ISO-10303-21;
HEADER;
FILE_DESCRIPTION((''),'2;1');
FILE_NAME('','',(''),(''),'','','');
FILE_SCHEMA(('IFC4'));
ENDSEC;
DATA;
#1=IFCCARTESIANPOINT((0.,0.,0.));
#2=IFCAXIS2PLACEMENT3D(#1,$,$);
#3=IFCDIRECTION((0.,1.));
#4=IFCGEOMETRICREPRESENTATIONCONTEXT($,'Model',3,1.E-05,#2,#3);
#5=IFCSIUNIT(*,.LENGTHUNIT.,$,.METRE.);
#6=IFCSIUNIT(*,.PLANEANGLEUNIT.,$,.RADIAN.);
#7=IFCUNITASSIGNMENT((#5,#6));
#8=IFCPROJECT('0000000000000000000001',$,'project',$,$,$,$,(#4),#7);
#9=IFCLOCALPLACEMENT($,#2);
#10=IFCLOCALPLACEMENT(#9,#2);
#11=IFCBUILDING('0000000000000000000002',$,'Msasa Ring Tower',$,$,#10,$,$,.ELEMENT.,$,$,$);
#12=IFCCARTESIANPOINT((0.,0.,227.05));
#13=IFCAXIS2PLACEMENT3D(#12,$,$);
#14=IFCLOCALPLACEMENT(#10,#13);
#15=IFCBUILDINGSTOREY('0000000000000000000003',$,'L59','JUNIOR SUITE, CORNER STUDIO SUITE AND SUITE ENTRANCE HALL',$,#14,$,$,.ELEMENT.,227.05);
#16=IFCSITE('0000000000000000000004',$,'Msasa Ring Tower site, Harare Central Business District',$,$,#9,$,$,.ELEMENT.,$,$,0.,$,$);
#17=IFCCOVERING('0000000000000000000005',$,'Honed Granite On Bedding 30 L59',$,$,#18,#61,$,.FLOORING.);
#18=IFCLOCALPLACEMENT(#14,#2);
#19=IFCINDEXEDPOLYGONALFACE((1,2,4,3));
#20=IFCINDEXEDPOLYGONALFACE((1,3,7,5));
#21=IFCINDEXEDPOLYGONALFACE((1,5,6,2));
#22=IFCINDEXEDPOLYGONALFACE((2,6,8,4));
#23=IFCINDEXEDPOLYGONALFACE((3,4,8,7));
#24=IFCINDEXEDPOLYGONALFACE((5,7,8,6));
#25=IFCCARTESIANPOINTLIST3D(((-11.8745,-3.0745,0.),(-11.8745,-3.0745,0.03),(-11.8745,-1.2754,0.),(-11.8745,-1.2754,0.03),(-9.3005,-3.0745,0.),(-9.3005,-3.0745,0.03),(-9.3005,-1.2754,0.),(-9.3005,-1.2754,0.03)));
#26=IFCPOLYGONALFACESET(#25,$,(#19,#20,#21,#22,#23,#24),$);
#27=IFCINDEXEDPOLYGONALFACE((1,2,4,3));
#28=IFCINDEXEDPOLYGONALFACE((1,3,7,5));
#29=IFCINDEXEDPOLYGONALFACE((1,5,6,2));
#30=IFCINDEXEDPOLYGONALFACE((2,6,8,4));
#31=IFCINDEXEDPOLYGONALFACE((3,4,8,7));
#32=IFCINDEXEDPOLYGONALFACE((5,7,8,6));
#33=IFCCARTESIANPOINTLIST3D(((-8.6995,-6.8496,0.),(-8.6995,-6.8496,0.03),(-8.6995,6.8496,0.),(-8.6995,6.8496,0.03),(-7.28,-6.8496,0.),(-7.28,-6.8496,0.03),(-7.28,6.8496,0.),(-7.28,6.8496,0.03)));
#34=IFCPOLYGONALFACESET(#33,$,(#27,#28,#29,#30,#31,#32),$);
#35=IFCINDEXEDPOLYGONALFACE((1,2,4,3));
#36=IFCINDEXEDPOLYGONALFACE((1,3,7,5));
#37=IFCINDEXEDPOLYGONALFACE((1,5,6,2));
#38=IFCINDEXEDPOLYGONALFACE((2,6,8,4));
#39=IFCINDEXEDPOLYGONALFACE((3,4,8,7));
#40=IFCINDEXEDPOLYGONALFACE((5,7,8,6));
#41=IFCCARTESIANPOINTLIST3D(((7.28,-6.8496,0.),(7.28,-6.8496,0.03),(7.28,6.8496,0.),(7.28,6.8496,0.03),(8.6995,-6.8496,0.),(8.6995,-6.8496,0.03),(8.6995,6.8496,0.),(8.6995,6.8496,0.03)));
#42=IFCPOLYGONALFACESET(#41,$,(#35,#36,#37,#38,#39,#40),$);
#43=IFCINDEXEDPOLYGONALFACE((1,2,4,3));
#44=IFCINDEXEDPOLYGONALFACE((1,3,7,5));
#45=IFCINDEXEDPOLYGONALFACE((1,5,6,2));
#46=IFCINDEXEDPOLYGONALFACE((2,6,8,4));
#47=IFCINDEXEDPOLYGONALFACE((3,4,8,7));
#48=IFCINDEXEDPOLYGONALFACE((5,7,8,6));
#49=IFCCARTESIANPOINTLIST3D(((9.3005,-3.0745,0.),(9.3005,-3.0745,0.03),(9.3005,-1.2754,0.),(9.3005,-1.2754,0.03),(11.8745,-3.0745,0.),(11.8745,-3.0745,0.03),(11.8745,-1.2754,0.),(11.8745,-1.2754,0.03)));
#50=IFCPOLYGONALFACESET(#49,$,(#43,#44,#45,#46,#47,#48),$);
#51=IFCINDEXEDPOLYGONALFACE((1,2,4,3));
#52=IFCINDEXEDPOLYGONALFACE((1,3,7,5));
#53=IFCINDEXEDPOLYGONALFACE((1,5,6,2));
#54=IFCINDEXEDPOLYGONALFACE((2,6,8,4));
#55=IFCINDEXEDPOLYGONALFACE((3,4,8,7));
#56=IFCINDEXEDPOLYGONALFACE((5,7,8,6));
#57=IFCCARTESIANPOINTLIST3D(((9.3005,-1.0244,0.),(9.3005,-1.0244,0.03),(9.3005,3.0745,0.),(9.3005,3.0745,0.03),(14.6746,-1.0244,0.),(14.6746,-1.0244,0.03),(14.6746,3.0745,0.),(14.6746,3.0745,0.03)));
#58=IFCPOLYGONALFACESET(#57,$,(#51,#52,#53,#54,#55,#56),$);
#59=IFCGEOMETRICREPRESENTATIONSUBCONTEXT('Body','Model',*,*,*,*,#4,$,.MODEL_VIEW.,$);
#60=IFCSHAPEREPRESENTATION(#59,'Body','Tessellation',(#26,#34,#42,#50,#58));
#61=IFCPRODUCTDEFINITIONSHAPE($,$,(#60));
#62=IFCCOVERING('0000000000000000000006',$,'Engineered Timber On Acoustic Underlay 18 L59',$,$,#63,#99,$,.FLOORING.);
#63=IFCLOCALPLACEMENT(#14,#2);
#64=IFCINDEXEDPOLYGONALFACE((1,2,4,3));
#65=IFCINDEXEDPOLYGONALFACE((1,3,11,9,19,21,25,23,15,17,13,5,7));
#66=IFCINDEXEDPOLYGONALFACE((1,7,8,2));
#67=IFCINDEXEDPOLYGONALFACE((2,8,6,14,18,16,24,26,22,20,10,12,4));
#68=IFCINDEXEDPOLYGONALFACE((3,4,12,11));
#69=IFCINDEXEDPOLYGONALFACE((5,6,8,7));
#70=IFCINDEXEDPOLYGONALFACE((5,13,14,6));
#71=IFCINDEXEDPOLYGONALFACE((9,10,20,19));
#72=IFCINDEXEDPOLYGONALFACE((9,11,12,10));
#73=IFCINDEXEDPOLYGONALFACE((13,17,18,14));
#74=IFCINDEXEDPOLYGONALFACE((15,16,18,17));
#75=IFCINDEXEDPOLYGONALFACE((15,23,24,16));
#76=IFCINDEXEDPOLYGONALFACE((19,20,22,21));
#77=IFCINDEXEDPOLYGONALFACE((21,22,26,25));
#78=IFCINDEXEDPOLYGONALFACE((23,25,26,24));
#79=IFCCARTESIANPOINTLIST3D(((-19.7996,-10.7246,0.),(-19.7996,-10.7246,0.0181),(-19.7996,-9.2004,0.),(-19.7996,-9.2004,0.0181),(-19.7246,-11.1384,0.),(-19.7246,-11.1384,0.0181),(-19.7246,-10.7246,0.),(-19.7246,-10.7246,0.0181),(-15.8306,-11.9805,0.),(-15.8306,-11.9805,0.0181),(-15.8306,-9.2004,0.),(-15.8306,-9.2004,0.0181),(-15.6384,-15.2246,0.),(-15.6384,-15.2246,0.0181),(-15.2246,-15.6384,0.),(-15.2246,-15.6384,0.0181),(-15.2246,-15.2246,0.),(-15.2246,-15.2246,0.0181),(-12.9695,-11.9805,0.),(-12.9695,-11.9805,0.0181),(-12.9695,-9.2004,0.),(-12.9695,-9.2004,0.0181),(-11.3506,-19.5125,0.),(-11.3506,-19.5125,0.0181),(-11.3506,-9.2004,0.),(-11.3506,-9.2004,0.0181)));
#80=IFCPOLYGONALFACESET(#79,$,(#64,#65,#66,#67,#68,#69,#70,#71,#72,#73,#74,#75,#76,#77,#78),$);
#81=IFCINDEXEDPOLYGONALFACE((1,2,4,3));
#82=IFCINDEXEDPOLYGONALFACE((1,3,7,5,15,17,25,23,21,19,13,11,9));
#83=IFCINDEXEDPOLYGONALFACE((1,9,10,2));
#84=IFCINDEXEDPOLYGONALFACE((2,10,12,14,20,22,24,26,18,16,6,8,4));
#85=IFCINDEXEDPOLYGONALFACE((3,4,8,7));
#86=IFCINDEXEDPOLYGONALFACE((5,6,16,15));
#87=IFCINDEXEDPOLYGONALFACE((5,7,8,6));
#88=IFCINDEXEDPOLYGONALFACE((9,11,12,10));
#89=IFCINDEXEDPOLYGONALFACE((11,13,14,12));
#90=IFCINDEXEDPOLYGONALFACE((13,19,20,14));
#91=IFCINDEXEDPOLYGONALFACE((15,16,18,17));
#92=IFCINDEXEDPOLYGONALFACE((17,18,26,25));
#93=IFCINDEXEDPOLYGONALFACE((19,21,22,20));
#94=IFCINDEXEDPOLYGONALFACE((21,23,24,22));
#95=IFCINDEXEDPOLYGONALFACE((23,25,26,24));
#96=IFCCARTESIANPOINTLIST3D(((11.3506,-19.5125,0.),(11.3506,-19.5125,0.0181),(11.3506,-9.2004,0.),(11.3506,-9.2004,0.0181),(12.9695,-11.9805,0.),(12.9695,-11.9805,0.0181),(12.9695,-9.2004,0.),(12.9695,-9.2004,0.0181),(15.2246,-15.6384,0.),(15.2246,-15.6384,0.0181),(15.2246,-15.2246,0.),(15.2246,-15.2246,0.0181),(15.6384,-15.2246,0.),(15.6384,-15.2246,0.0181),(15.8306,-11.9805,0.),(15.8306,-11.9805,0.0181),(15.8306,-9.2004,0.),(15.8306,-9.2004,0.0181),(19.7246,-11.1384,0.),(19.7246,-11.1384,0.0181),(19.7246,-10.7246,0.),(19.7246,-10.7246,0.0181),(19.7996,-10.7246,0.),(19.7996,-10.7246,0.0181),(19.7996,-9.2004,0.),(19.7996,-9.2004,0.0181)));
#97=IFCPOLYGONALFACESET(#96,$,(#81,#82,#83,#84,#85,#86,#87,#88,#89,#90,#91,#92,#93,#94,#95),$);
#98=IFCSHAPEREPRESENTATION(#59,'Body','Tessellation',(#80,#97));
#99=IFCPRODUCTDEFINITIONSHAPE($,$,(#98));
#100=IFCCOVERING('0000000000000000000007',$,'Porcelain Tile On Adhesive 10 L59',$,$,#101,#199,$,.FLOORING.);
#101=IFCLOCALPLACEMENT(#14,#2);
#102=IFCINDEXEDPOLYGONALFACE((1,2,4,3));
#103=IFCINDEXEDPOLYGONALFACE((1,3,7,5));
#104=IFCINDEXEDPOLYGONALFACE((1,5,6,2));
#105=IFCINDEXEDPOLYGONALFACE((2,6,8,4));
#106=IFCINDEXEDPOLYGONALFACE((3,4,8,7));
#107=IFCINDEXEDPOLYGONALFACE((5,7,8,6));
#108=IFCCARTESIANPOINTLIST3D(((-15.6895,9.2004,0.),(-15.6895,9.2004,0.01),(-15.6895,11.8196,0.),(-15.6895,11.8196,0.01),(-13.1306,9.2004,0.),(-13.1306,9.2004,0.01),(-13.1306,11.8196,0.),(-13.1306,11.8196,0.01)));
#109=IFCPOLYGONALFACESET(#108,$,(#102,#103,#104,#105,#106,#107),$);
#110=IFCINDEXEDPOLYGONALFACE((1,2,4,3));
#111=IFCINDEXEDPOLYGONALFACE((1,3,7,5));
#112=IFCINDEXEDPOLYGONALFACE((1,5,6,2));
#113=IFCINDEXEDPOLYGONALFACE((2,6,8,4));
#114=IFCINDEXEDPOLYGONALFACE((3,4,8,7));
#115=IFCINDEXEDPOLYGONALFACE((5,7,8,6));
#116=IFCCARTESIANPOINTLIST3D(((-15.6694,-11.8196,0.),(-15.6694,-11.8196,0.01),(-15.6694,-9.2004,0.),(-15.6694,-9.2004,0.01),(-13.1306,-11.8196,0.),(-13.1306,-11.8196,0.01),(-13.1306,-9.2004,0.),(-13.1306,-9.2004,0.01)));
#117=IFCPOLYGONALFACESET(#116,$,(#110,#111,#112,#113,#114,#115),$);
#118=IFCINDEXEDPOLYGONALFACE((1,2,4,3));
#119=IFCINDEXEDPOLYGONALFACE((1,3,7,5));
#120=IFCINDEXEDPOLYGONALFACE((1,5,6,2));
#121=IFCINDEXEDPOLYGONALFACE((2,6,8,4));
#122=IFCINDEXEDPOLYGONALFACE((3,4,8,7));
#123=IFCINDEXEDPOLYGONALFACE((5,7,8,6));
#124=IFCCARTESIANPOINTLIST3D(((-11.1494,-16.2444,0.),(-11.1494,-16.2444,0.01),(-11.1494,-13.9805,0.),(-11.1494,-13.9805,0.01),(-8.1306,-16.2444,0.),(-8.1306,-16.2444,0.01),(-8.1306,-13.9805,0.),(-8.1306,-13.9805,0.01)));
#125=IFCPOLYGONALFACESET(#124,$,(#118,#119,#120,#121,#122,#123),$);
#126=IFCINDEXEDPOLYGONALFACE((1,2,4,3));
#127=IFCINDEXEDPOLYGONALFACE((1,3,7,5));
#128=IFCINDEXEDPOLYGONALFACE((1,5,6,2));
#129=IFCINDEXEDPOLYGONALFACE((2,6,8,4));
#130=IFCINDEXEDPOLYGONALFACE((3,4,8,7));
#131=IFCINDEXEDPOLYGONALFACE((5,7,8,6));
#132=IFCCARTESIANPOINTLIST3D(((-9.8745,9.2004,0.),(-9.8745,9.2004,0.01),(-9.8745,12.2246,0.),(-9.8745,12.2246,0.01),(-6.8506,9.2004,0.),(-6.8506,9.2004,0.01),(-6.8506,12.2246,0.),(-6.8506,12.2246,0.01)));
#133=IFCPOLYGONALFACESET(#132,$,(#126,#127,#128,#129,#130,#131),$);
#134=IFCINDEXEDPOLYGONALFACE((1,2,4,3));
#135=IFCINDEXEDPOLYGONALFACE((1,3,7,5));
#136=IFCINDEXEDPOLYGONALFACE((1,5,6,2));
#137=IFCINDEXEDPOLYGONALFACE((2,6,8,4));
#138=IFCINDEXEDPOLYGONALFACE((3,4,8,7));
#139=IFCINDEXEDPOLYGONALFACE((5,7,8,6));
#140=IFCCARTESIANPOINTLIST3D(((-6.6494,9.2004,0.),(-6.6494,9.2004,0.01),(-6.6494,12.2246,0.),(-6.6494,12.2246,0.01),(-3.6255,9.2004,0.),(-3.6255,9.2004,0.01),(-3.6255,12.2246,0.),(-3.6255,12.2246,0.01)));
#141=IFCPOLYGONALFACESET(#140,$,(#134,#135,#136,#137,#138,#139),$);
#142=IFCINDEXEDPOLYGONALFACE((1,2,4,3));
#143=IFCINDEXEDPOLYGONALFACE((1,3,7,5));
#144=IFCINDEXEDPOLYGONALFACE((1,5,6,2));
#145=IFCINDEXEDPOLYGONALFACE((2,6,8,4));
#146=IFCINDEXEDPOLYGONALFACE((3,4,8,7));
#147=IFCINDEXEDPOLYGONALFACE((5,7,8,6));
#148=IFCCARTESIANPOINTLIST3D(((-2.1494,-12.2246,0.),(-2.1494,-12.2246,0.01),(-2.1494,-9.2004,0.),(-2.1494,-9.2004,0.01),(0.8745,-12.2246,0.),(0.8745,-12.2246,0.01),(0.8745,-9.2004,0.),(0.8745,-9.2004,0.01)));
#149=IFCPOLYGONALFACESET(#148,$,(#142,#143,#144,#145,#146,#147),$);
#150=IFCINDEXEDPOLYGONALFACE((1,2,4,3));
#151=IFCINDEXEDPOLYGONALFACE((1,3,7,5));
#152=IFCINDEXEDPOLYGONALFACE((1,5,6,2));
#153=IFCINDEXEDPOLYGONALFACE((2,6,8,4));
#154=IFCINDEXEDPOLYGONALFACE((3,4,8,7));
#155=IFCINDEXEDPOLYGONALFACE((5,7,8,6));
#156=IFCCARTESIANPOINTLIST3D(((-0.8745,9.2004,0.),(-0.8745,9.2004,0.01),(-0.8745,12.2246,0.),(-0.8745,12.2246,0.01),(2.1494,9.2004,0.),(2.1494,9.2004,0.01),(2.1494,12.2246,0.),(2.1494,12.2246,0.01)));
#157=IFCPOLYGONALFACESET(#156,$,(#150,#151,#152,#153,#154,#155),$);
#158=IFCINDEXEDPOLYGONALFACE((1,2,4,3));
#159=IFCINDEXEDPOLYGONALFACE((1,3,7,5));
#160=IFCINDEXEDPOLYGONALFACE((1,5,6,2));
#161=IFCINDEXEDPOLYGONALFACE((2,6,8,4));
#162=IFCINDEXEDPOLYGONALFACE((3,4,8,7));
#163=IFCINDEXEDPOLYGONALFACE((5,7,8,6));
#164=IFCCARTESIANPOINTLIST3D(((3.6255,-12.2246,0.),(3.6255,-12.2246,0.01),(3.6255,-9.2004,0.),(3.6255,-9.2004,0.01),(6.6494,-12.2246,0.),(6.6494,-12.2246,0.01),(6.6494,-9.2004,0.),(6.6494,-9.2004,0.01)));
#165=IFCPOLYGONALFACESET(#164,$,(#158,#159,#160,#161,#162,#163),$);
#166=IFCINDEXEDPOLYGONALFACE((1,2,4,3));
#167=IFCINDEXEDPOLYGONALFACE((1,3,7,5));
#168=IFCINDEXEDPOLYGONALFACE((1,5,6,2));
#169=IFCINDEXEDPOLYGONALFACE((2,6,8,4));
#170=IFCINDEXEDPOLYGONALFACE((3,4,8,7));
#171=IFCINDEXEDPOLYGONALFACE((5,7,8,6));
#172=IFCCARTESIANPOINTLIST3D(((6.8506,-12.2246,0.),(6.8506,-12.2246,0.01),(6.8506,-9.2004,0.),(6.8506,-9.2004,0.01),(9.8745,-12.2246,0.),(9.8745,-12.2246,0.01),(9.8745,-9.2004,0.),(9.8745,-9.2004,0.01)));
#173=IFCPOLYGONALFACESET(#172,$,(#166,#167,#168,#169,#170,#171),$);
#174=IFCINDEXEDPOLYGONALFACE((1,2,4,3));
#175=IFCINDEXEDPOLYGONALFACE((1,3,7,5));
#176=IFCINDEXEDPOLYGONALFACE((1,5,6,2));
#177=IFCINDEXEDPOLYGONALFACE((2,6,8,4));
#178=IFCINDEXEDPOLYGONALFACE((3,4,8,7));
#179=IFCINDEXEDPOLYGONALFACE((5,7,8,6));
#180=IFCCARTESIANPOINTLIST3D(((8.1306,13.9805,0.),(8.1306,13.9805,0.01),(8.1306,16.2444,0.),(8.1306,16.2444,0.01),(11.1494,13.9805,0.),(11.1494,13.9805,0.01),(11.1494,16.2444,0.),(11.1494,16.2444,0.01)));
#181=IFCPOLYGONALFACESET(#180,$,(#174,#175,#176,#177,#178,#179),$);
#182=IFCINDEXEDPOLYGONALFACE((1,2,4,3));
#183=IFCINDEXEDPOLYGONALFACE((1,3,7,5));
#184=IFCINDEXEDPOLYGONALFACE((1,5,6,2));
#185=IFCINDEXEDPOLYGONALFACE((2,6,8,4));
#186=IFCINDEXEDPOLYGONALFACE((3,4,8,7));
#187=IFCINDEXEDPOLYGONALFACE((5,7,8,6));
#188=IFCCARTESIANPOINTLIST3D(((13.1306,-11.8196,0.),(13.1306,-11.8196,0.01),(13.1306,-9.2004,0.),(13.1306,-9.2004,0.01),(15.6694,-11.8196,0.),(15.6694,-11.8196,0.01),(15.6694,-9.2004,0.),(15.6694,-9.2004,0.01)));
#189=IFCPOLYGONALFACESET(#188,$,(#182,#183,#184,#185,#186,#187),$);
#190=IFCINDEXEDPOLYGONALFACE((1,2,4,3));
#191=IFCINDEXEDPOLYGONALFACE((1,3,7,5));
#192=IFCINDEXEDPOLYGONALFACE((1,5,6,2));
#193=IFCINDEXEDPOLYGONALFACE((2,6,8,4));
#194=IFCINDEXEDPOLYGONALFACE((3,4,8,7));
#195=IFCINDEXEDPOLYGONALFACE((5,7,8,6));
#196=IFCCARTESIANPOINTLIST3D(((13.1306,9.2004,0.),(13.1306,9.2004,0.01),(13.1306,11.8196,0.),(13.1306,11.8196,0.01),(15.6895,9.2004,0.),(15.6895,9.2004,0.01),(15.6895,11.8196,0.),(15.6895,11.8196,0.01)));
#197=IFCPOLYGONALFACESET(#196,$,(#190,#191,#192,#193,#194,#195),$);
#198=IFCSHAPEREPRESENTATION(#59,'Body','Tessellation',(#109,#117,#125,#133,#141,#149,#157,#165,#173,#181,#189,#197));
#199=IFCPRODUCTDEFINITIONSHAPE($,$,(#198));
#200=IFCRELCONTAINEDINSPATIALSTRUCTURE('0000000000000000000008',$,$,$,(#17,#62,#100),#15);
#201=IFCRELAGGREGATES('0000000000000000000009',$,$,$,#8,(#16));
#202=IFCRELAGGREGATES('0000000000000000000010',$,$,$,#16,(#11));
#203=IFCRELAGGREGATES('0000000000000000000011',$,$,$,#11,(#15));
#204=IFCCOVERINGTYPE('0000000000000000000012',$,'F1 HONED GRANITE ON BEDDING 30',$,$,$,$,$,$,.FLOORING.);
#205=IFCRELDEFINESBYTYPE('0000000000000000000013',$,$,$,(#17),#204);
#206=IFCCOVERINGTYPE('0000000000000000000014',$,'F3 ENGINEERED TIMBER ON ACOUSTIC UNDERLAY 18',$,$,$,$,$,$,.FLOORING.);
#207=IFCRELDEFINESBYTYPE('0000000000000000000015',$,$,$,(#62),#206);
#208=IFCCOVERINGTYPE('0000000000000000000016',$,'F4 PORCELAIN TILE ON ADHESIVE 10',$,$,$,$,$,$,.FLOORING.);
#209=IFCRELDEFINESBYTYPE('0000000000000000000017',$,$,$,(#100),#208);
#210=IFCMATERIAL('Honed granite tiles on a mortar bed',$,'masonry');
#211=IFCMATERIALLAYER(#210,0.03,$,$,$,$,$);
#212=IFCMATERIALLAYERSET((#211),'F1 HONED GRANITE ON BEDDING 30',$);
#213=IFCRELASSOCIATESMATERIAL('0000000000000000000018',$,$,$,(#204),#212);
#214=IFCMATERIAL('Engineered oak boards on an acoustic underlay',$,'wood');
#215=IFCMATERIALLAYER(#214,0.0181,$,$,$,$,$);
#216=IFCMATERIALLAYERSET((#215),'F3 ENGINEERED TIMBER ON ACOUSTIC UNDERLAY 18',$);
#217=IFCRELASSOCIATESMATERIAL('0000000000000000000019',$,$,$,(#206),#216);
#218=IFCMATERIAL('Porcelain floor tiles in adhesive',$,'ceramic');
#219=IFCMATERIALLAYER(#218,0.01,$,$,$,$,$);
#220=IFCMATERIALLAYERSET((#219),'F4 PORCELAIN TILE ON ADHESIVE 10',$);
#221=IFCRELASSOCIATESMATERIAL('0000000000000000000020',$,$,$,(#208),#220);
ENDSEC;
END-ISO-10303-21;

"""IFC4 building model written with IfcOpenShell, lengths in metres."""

from ifc_helpers import new_model, si_unit, direction, frame, origin, place, context, subcontext, project, spatial, line, indexed_curve, outline, extrude, material, layer, layer_set, type_object, element, save


model = new_model("IFC4")

# Units and contexts
model_context = context("Model", 3, precision=1e-05, world=origin(), true_north=direction((0.0, 1.0)))
body_context = subcontext(model_context, "Body", "Model", "MODEL_VIEW")
ifc_project = project(units=[si_unit("LENGTHUNIT", "METRE"), si_unit("PLANEANGLEUNIT", "RADIAN")], contexts=[model_context])

# Site, building, storey
site_placement = place(None, origin())
site = spatial("IfcSite", under=ifc_project, at=site_placement, Name="Msasa Ring Tower site, Harare Central Business District", CompositionType="ELEMENT", RefElevation=0.0)
building_placement = place(site_placement, origin())
building = spatial("IfcBuilding", under=site, at=building_placement, Name="Msasa Ring Tower", CompositionType="ELEMENT")
storey_placement = place(building_placement, frame((0.0, 0.0, 227.05)))
storey = spatial("IfcBuildingStorey", under=building, at=storey_placement, Name="L59", Description="JUNIOR SUITE, CORNER STUDIO SUITE AND SUITE ENTRANCE HALL", CompositionType="ELEMENT", Elevation=227.05)

# Coverings
ifc_material_1 = material(Name="Honed granite tiles on a mortar bed", Category="masonry")
ifc_layer_1 = layer(ifc_material_1, 0.03)
ifc_layer_set_1 = layer_set([ifc_layer_1], Name="F1 HONED GRANITE ON BEDDING 30")
covering_type_1 = type_object("IfcCoveringType", Name="F1 HONED GRANITE ON BEDDING 30", PredefinedType="FLOORING", material=ifc_layer_set_1)
covering_1_placement = place(storey_placement, origin())
element("IfcCovering", 1, at=covering_1_placement, inside=storey, type_object=covering_type_1, Name="Honed Granite On Bedding 30 L59", PredefinedType="FLOORING", context=body_context, shape_type="SweptSolid", body=[
    extrude(outline(indexed_curve([(-11.8745, -3.0745), (-11.8745, -1.2754), (-9.3005, -1.2754), (-9.3005, -3.0745)], segments=[line(1, 2, 3, 4, 1)], self_intersect=False)), origin(), (0.0, 0.0, 1.0), 0.03),
    extrude(outline(indexed_curve([(-8.6995, -6.8496), (-8.6995, 6.8496), (-7.28, 6.8496), (-7.28, -6.8496)], segments=[line(1, 2, 3, 4, 1)], self_intersect=False)), origin(), (0.0, 0.0, 1.0), 0.03),
    extrude(outline(indexed_curve([(8.6995, 6.8496), (8.6995, -6.8496), (7.28, -6.8496), (7.28, 6.8496)], segments=[line(1, 2, 3, 4, 1)], self_intersect=False)), origin(), (0.0, 0.0, 1.0), 0.03),
    extrude(outline(indexed_curve([(9.3005, -3.0745), (9.3005, -1.2754), (11.8745, -1.2754), (11.8745, -3.0745)], segments=[line(1, 2, 3, 4, 1)], self_intersect=False)), origin(), (0.0, 0.0, 1.0), 0.03),
    extrude(outline(indexed_curve([(9.3005, 3.0745), (14.6746, 3.0745), (14.6746, -1.0244), (9.3005, -1.0244)], segments=[line(1, 2, 3, 4, 1)], self_intersect=False)), origin(), (0.0, 0.0, 1.0), 0.03),
])
ifc_material_2 = material(Name="Engineered oak boards on an acoustic underlay", Category="wood")
ifc_layer_2 = layer(ifc_material_2, 0.0181)
ifc_layer_set_2 = layer_set([ifc_layer_2], Name="F3 ENGINEERED TIMBER ON ACOUSTIC UNDERLAY 18")
covering_type_2 = type_object("IfcCoveringType", Name="F3 ENGINEERED TIMBER ON ACOUSTIC UNDERLAY 18", PredefinedType="FLOORING", material=ifc_layer_set_2)
covering_2_placement = place(storey_placement, origin())
element("IfcCovering", 2, at=covering_2_placement, inside=storey, type_object=covering_type_2, Name="Engineered Timber On Acoustic Underlay 18 L59", PredefinedType="FLOORING", context=body_context, shape_type="SweptSolid", body=[
    extrude(outline(indexed_curve([(-15.8306, -9.2004), (-15.8306, -11.9805), (-12.9695, -11.9805), (-12.9695, -9.2004), (-11.3506, -9.2004), (-11.3506, -19.5125), (-15.2246, -15.6384), (-15.2246, -15.2246), (-15.6384, -15.2246), (-19.7246, -11.1384), (-19.7246, -10.7246), (-19.7996, -10.7246), (-19.7996, -9.2004)], segments=[line(1, 2, 3, 4, 5, 6, 7, 8, 9, 10, 11, 12, 13, 1)], self_intersect=False)), origin(), (0.0, 0.0, 1.0), 0.0181),
    extrude(outline(indexed_curve([(15.8306, -11.9805), (15.8306, -9.2004), (19.7996, -9.2004), (19.7996, -10.7246), (19.7246, -10.7246), (19.7246, -11.1384), (15.6384, -15.2246), (15.2246, -15.2246), (15.2246, -15.6384), (11.3506, -19.5125), (11.3506, -9.2004), (12.9695, -9.2004), (12.9695, -11.9805)], segments=[line(1, 2, 3, 4, 5, 6, 7, 8, 9, 10, 11, 12, 13, 1)], self_intersect=False)), origin(), (0.0, 0.0, 1.0), 0.0181),
])
ifc_material_3 = material(Name="Porcelain floor tiles in adhesive", Category="ceramic")
ifc_layer_3 = layer(ifc_material_3, 0.01)
ifc_layer_set_3 = layer_set([ifc_layer_3], Name="F4 PORCELAIN TILE ON ADHESIVE 10")
covering_type_3 = type_object("IfcCoveringType", Name="F4 PORCELAIN TILE ON ADHESIVE 10", PredefinedType="FLOORING", material=ifc_layer_set_3)
covering_3_placement = place(storey_placement, origin())
element("IfcCovering", 3, at=covering_3_placement, inside=storey, type_object=covering_type_3, Name="Porcelain Tile On Adhesive 10 L59", PredefinedType="FLOORING", context=body_context, shape_type="SweptSolid", body=[
    extrude(outline(indexed_curve([(-15.6895, 11.8196), (-13.1306, 11.8196), (-13.1306, 9.2004), (-15.6895, 9.2004)], segments=[line(1, 2, 3, 4, 1)], self_intersect=False)), origin(), (0.0, 0.0, 1.0), 0.01),
    extrude(outline(indexed_curve([(-13.1306, -9.2004), (-13.1306, -11.8196), (-15.6694, -11.8196), (-15.6694, -9.2004)], segments=[line(1, 2, 3, 4, 1)], self_intersect=False)), origin(), (0.0, 0.0, 1.0), 0.01),
    extrude(outline(indexed_curve([(-8.1306, -13.9805), (-8.1306, -16.2444), (-11.1494, -16.2444), (-11.1494, -13.9805)], segments=[line(1, 2, 3, 4, 1)], self_intersect=False)), origin(), (0.0, 0.0, 1.0), 0.01),
    extrude(outline(indexed_curve([(-9.8745, 9.2004), (-9.8745, 12.2246), (-6.8506, 12.2246), (-6.8506, 9.2004)], segments=[line(1, 2, 3, 4, 1)], self_intersect=False)), origin(), (0.0, 0.0, 1.0), 0.01),
    extrude(outline(indexed_curve([(-6.6494, 9.2004), (-6.6494, 12.2246), (-3.6255, 12.2246), (-3.6255, 9.2004)], segments=[line(1, 2, 3, 4, 1)], self_intersect=False)), origin(), (0.0, 0.0, 1.0), 0.01),
    extrude(outline(indexed_curve([(0.8745, -9.2004), (0.8745, -12.2246), (-2.1494, -12.2246), (-2.1494, -9.2004)], segments=[line(1, 2, 3, 4, 1)], self_intersect=False)), origin(), (0.0, 0.0, 1.0), 0.01),
    extrude(outline(indexed_curve([(2.1494, 9.2004), (-0.8745, 9.2004), (-0.8745, 12.2246), (2.1494, 12.2246)], segments=[line(1, 2, 3, 4, 1)], self_intersect=False)), origin(), (0.0, 0.0, 1.0), 0.01),
    extrude(outline(indexed_curve([(6.6494, -9.2004), (6.6494, -12.2246), (3.6255, -12.2246), (3.6255, -9.2004)], segments=[line(1, 2, 3, 4, 1)], self_intersect=False)), origin(), (0.0, 0.0, 1.0), 0.01),
    extrude(outline(indexed_curve([(9.8745, -9.2004), (9.8745, -12.2246), (6.8506, -12.2246), (6.8506, -9.2004)], segments=[line(1, 2, 3, 4, 1)], self_intersect=False)), origin(), (0.0, 0.0, 1.0), 0.01),
    extrude(outline(indexed_curve([(11.1494, 16.2444), (11.1494, 13.9805), (8.1306, 13.9805), (8.1306, 16.2444)], segments=[line(1, 2, 3, 4, 1)], self_intersect=False)), origin(), (0.0, 0.0, 1.0), 0.01),
    extrude(outline(indexed_curve([(15.6694, -9.2004), (15.6694, -11.8196), (13.1306, -11.8196), (13.1306, -9.2004)], segments=[line(1, 2, 3, 4, 1)], self_intersect=False)), origin(), (0.0, 0.0, 1.0), 0.01),
    extrude(outline(indexed_curve([(13.1306, 11.8196), (15.6895, 11.8196), (15.6895, 9.2004), (13.1306, 9.2004)], segments=[line(1, 2, 3, 4, 1)], self_intersect=False)), origin(), (0.0, 0.0, 1.0), 0.01),
])

save(model, "model.ifc")
